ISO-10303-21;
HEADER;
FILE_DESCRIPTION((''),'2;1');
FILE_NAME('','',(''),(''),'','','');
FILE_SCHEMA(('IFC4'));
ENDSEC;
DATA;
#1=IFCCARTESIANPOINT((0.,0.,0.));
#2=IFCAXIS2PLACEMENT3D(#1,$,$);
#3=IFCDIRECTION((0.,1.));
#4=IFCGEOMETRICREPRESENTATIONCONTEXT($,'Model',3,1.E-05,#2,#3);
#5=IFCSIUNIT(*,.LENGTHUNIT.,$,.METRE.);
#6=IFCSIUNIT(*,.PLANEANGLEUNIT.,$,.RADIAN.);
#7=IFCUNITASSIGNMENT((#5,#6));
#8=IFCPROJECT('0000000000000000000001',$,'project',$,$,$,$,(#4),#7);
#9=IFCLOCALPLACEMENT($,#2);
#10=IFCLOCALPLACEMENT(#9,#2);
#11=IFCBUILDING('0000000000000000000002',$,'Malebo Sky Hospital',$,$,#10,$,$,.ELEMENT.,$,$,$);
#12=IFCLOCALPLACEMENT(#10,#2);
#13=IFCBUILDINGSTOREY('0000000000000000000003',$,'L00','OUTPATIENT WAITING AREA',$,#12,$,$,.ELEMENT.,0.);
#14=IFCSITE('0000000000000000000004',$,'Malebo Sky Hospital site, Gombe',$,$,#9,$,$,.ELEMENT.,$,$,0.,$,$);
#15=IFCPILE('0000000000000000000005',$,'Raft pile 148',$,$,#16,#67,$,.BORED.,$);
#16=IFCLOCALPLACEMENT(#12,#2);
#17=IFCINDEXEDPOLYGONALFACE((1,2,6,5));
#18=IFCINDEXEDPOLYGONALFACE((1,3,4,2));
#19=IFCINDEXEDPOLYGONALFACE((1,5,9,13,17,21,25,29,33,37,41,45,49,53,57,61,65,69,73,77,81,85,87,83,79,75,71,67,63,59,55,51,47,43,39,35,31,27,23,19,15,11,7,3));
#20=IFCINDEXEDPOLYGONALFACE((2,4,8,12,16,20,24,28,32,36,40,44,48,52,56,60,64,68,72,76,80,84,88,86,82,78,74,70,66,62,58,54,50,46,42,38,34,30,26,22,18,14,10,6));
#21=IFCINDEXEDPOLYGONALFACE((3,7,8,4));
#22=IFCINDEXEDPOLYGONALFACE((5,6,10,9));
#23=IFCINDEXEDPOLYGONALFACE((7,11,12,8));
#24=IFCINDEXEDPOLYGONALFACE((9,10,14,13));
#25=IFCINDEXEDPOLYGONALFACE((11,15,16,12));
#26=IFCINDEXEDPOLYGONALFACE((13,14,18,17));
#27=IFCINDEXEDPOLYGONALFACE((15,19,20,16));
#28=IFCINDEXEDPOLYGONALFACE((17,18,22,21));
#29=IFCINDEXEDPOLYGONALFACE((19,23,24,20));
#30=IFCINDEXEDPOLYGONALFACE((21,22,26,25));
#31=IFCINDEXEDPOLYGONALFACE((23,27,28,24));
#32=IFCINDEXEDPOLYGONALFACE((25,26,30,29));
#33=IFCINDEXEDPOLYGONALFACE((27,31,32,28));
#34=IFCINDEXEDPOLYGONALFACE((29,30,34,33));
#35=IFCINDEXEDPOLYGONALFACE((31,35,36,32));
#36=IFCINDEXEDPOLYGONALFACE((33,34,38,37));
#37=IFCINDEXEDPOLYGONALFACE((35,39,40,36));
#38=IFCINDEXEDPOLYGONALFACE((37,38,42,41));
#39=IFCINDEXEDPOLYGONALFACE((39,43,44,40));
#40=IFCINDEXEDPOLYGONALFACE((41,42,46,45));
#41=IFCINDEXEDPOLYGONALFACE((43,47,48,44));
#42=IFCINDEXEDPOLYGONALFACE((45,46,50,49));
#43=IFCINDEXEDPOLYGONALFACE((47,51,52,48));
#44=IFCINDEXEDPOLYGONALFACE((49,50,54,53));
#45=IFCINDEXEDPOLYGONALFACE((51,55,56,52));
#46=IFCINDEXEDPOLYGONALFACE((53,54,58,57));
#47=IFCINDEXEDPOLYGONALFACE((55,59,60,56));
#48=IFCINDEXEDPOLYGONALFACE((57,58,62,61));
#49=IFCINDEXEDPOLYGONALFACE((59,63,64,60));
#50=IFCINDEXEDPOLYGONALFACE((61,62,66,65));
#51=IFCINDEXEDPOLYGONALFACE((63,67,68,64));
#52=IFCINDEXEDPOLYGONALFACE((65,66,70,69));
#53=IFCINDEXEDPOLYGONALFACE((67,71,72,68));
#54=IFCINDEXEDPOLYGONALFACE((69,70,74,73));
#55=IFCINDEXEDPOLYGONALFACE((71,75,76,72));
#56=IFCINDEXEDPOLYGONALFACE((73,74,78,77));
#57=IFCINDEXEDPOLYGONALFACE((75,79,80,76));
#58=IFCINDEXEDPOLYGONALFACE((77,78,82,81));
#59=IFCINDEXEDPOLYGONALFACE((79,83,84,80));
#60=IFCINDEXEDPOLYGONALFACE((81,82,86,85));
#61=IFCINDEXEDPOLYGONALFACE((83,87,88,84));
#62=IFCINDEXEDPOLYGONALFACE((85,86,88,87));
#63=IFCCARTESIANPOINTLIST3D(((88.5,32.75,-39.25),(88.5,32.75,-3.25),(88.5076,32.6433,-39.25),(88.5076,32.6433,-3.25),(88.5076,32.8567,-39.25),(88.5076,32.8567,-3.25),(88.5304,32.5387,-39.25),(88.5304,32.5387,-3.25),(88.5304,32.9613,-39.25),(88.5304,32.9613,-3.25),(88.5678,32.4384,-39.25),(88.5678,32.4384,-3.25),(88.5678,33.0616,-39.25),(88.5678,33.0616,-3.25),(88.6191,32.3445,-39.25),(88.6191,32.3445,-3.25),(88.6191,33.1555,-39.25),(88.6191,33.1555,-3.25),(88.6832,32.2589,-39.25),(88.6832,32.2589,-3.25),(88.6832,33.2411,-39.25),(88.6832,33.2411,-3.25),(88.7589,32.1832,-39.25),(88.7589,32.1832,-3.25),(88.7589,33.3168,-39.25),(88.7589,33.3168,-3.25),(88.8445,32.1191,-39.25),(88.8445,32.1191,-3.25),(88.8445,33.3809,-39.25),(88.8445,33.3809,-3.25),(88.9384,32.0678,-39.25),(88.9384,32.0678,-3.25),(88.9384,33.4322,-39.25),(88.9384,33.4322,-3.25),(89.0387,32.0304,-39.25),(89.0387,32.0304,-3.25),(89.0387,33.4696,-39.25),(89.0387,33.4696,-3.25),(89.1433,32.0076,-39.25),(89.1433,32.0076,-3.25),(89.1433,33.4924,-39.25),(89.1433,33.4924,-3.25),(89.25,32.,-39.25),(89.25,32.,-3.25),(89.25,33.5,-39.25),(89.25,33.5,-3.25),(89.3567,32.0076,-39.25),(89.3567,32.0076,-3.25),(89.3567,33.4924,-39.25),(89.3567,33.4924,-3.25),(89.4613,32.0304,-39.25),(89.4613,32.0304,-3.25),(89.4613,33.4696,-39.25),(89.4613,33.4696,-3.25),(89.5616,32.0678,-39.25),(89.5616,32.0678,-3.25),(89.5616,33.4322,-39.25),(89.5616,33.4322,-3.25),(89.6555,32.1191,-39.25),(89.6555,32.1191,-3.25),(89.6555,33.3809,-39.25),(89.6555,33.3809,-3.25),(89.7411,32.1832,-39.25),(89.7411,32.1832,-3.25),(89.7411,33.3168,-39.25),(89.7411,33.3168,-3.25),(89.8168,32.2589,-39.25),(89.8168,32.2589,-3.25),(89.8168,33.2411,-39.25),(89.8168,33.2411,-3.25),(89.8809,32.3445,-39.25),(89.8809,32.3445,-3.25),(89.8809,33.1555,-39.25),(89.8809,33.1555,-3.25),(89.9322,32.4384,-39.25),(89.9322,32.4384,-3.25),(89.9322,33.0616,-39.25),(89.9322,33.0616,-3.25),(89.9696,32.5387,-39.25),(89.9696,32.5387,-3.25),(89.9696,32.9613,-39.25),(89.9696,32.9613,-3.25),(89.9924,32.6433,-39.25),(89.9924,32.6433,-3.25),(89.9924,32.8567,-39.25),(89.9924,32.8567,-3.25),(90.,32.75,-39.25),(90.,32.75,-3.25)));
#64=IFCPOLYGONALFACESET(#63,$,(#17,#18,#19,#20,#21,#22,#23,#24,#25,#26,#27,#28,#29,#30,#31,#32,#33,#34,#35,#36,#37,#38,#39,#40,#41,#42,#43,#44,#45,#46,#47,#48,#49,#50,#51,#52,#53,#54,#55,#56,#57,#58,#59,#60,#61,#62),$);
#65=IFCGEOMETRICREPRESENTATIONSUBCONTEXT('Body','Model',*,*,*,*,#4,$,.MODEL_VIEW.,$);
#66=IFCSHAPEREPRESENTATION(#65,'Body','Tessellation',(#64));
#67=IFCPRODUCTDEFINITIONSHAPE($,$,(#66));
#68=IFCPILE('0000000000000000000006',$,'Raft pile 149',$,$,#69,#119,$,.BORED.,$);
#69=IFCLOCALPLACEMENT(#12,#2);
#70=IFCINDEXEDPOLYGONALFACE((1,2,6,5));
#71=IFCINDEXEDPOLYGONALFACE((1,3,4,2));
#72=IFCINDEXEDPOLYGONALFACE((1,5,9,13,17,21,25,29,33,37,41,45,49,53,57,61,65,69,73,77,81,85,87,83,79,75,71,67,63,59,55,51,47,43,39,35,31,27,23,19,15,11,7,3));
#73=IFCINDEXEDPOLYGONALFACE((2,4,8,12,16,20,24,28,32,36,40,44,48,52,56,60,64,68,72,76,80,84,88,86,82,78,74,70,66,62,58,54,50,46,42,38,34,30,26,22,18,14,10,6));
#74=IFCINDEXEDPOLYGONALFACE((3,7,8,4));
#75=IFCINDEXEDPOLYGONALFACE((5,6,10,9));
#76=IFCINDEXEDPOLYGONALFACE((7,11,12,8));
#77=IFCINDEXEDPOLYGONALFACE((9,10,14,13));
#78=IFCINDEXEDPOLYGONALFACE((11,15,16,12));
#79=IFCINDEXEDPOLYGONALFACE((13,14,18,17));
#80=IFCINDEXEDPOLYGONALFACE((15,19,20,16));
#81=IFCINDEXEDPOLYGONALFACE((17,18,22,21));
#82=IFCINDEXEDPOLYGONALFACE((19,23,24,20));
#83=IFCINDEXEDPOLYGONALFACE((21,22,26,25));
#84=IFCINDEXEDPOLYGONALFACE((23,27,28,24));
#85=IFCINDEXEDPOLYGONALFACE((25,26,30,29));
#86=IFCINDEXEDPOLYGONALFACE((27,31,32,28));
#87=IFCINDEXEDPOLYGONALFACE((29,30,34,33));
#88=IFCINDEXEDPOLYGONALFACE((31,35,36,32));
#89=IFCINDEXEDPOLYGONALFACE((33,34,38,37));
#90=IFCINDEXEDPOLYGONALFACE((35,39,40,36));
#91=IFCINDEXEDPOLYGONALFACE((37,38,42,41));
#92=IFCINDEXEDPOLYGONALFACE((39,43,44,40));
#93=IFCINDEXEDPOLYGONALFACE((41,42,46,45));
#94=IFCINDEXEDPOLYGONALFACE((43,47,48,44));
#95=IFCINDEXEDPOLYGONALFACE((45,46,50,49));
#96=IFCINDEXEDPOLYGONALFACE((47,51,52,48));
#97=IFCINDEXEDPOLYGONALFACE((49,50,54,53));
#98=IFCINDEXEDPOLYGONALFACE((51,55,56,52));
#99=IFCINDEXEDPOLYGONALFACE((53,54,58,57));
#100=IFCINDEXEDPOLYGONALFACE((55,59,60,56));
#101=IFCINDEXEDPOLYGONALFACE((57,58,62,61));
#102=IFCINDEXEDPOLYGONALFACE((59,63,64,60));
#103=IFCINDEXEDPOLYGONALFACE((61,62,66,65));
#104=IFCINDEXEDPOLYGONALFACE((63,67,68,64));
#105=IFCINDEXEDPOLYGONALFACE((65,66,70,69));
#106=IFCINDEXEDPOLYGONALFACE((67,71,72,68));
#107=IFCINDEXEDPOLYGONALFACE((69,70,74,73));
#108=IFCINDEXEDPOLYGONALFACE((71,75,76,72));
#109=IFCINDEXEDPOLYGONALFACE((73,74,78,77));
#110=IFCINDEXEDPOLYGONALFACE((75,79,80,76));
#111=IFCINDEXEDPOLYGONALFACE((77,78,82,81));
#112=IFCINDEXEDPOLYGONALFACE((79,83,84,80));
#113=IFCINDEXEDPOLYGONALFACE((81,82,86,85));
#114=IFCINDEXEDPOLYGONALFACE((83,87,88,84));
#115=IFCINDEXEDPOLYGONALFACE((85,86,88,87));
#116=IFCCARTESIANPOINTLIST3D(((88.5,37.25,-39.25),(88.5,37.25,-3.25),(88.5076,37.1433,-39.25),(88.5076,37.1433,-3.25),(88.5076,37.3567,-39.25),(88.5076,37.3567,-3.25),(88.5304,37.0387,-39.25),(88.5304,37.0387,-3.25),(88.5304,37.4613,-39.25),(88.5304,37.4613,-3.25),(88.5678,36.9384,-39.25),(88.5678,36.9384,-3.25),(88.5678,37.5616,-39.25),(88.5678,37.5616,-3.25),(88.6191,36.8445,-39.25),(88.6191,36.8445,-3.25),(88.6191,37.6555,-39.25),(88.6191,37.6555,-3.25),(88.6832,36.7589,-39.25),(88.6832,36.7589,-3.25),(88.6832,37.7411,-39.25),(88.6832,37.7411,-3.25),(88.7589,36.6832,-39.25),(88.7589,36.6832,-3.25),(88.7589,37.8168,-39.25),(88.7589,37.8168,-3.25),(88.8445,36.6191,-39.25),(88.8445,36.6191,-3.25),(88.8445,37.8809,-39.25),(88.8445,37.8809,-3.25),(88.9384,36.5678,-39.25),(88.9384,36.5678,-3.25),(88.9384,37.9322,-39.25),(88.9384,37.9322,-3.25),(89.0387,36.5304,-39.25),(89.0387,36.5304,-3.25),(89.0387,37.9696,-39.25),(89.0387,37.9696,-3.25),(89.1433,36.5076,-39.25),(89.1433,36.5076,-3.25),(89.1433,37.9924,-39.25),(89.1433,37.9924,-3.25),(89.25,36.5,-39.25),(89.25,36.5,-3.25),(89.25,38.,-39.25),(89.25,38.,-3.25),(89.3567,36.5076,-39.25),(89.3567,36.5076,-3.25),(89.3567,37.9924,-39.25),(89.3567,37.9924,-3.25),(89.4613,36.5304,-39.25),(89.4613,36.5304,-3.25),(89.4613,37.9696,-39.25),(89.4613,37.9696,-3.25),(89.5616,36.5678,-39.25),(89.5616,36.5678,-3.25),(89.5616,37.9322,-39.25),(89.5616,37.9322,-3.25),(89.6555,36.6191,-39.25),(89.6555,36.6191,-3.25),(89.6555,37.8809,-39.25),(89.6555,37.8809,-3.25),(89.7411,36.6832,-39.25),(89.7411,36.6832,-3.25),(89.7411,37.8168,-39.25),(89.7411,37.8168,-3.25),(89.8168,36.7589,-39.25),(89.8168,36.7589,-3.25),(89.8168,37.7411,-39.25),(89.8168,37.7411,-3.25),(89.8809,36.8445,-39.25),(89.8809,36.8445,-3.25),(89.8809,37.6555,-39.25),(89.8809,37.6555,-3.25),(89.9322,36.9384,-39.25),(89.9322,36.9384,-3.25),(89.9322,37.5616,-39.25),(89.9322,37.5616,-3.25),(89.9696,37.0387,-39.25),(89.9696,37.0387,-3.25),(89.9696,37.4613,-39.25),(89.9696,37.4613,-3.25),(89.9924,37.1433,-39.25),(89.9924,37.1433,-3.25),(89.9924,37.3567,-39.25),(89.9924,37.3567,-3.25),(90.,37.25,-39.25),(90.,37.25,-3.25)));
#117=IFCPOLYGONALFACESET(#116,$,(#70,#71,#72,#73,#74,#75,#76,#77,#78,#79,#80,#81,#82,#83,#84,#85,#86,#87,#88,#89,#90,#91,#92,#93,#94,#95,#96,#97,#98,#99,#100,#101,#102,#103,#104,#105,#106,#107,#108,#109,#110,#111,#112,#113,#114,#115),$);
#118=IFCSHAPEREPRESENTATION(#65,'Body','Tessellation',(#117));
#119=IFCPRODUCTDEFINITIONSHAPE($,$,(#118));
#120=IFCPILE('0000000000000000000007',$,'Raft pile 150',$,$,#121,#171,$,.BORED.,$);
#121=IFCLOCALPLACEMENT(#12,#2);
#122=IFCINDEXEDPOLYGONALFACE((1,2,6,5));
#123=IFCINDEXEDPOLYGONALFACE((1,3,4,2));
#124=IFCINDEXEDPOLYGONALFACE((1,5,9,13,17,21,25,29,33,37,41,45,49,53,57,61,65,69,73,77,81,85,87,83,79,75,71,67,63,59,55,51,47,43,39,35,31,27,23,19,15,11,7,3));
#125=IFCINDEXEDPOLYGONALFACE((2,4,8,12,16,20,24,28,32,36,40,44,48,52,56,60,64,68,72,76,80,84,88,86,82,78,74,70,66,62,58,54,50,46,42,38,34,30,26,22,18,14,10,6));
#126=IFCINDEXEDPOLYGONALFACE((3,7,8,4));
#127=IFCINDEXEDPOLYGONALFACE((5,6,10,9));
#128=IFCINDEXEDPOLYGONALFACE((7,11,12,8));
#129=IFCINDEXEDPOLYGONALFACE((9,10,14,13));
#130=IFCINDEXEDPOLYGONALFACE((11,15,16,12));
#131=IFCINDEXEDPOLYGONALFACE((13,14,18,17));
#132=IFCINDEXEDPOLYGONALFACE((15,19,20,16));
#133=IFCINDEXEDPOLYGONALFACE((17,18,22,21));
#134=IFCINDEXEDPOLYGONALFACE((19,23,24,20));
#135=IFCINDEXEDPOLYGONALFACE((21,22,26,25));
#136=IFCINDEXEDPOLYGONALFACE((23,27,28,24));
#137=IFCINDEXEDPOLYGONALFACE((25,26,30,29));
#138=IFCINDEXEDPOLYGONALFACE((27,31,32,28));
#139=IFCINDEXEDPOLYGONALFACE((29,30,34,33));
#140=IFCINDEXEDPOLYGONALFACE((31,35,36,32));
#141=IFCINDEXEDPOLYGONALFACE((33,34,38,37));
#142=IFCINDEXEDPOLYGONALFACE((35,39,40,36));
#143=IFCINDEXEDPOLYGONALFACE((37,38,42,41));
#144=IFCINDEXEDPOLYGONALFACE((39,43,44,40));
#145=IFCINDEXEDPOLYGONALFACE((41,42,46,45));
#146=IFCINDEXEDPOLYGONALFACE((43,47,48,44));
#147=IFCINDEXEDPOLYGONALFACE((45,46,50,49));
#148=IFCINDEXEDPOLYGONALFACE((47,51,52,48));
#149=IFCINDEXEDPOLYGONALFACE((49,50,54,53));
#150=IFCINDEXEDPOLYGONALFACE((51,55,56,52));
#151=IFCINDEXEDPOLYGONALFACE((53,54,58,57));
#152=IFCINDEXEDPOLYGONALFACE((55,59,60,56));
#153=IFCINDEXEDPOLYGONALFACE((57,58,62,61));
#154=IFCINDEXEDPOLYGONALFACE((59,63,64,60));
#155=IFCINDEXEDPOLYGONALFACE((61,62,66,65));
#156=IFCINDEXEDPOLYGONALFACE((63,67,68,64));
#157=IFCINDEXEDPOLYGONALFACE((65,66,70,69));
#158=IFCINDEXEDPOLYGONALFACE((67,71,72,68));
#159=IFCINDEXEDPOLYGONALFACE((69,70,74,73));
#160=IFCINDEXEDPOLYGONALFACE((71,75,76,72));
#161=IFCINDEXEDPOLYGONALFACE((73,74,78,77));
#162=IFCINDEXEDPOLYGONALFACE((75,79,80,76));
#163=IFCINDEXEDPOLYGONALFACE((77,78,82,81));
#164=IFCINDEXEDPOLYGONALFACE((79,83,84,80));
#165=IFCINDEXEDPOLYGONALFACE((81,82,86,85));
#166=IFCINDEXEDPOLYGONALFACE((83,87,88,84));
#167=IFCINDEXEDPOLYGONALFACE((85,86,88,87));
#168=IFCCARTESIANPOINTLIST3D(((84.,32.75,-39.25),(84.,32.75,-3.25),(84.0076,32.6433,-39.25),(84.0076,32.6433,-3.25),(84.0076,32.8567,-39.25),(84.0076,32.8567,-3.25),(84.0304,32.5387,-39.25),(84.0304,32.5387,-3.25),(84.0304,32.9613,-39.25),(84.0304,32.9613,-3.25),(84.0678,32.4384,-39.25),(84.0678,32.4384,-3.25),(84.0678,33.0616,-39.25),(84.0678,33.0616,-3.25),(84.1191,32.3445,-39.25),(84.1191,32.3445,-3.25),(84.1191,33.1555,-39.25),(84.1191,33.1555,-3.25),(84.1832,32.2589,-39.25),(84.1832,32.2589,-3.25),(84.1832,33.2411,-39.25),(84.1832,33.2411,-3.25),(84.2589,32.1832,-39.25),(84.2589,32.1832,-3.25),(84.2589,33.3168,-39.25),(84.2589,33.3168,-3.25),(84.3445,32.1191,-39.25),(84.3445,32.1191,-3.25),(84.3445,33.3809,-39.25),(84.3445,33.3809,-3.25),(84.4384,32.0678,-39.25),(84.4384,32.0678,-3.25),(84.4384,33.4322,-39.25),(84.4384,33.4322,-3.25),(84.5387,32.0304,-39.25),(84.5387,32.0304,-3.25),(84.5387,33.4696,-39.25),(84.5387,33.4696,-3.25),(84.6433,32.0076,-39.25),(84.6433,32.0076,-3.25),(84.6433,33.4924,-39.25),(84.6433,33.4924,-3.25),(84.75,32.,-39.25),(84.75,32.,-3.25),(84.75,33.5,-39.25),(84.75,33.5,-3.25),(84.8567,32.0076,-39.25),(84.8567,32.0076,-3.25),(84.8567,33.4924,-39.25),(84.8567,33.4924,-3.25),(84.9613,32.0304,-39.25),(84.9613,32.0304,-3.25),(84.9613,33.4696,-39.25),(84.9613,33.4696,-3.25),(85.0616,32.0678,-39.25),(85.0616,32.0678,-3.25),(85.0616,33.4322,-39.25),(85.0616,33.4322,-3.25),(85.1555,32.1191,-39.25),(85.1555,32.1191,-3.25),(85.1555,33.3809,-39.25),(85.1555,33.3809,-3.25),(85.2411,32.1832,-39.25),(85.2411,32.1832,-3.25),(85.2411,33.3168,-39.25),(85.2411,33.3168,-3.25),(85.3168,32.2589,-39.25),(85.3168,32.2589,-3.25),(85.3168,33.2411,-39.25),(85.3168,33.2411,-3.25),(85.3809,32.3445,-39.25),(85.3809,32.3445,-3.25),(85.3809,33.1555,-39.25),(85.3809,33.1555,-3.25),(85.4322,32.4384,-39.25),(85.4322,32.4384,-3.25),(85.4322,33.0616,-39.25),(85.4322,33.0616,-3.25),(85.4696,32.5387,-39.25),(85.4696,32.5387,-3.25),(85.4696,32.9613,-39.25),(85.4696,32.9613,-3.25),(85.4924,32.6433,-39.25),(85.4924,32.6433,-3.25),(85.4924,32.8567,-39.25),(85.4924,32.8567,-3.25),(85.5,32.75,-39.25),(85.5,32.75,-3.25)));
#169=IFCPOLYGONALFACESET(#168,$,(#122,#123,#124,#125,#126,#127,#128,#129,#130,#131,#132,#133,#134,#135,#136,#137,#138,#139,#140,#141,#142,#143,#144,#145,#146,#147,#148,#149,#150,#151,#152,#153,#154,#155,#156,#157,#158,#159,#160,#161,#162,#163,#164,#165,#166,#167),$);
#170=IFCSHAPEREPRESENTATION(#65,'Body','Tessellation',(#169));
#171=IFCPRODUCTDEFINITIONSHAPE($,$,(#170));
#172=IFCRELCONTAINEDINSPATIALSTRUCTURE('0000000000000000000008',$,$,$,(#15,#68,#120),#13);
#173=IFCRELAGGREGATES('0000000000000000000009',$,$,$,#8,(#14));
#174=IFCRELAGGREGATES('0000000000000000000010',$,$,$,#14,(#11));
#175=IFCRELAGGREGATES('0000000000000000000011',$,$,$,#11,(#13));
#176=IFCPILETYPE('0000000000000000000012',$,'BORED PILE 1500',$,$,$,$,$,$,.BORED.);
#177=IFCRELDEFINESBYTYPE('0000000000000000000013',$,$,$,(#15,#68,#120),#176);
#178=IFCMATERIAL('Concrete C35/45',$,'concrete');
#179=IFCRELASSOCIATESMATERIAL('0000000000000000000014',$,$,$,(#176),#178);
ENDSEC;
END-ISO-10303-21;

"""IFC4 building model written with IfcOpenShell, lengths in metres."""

from ifc_helpers import new_model, si_unit, direction, frame, origin, origin_2d, place, context, subcontext, project, spatial, circle, extrude, material, material_profile, profile_set, type_object, element, save


model = new_model("IFC4")

# Units and contexts
model_context = context("Model", 3, precision=1e-05, world=origin(), true_north=direction((0.0, 1.0)))
body_context = subcontext(model_context, "Body", "Model", "MODEL_VIEW")
ifc_project = project(units=[si_unit("LENGTHUNIT", "METRE"), si_unit("PLANEANGLEUNIT", "RADIAN")], contexts=[model_context])

# Site, building, storey
site_placement = place(None, origin())
site = spatial("IfcSite", under=ifc_project, at=site_placement, Name="Malebo Sky Hospital site, Gombe", CompositionType="ELEMENT", RefElevation=0.0)
building_placement = place(site_placement, origin())
building = spatial("IfcBuilding", under=site, at=building_placement, Name="Malebo Sky Hospital", CompositionType="ELEMENT")
storey_placement = place(building_placement, origin())
storey = spatial("IfcBuildingStorey", under=building, at=storey_placement, Name="L00", Description="OUTPATIENT WAITING AREA", CompositionType="ELEMENT", Elevation=0.0)

# Piles
ifc_material_1 = material(Name="Concrete C35/45", Category="concrete")
ifc_material_profile_1 = material_profile(ifc_material_1, circle(Radius=0.75, at=origin_2d()), Name="BP 1500")
ifc_profile_set_1 = profile_set([ifc_material_profile_1], Name="Concrete C35/45")
pile_type_1 = type_object("IfcPileType", Name="BORED PILE 1500", PredefinedType="BORED", material=ifc_profile_set_1)
for number, where, z_axis, x_axis, name in (
    (1, (89.25, 32.75, -3.25), (0.0, 0.0, -1.0), (1.0, 0.0, 0.0), "Raft pile 148"),
    (2, (89.25, 37.25, -3.25), (0.0, 0.0, -1.0), (1.0, 0.0, 0.0), "Raft pile 149"),
    (3, (84.75, 32.75, -3.25), (0.0, 0.0, -1.0), (1.0, 0.0, 0.0), "Raft pile 150"),
):
    element("IfcPile", number, at=place(storey_placement, frame(where, z_axis=z_axis, x_axis=x_axis)), inside=storey, type_object=pile_type_1, Name=name, PredefinedType="BORED", context=body_context, shape_type="SweptSolid", body=[
        extrude(circle(Radius=0.75, at=origin_2d()), origin(), (0.0, 0.0, 1.0), 36.0),
    ])

save(model, "model.ifc")
